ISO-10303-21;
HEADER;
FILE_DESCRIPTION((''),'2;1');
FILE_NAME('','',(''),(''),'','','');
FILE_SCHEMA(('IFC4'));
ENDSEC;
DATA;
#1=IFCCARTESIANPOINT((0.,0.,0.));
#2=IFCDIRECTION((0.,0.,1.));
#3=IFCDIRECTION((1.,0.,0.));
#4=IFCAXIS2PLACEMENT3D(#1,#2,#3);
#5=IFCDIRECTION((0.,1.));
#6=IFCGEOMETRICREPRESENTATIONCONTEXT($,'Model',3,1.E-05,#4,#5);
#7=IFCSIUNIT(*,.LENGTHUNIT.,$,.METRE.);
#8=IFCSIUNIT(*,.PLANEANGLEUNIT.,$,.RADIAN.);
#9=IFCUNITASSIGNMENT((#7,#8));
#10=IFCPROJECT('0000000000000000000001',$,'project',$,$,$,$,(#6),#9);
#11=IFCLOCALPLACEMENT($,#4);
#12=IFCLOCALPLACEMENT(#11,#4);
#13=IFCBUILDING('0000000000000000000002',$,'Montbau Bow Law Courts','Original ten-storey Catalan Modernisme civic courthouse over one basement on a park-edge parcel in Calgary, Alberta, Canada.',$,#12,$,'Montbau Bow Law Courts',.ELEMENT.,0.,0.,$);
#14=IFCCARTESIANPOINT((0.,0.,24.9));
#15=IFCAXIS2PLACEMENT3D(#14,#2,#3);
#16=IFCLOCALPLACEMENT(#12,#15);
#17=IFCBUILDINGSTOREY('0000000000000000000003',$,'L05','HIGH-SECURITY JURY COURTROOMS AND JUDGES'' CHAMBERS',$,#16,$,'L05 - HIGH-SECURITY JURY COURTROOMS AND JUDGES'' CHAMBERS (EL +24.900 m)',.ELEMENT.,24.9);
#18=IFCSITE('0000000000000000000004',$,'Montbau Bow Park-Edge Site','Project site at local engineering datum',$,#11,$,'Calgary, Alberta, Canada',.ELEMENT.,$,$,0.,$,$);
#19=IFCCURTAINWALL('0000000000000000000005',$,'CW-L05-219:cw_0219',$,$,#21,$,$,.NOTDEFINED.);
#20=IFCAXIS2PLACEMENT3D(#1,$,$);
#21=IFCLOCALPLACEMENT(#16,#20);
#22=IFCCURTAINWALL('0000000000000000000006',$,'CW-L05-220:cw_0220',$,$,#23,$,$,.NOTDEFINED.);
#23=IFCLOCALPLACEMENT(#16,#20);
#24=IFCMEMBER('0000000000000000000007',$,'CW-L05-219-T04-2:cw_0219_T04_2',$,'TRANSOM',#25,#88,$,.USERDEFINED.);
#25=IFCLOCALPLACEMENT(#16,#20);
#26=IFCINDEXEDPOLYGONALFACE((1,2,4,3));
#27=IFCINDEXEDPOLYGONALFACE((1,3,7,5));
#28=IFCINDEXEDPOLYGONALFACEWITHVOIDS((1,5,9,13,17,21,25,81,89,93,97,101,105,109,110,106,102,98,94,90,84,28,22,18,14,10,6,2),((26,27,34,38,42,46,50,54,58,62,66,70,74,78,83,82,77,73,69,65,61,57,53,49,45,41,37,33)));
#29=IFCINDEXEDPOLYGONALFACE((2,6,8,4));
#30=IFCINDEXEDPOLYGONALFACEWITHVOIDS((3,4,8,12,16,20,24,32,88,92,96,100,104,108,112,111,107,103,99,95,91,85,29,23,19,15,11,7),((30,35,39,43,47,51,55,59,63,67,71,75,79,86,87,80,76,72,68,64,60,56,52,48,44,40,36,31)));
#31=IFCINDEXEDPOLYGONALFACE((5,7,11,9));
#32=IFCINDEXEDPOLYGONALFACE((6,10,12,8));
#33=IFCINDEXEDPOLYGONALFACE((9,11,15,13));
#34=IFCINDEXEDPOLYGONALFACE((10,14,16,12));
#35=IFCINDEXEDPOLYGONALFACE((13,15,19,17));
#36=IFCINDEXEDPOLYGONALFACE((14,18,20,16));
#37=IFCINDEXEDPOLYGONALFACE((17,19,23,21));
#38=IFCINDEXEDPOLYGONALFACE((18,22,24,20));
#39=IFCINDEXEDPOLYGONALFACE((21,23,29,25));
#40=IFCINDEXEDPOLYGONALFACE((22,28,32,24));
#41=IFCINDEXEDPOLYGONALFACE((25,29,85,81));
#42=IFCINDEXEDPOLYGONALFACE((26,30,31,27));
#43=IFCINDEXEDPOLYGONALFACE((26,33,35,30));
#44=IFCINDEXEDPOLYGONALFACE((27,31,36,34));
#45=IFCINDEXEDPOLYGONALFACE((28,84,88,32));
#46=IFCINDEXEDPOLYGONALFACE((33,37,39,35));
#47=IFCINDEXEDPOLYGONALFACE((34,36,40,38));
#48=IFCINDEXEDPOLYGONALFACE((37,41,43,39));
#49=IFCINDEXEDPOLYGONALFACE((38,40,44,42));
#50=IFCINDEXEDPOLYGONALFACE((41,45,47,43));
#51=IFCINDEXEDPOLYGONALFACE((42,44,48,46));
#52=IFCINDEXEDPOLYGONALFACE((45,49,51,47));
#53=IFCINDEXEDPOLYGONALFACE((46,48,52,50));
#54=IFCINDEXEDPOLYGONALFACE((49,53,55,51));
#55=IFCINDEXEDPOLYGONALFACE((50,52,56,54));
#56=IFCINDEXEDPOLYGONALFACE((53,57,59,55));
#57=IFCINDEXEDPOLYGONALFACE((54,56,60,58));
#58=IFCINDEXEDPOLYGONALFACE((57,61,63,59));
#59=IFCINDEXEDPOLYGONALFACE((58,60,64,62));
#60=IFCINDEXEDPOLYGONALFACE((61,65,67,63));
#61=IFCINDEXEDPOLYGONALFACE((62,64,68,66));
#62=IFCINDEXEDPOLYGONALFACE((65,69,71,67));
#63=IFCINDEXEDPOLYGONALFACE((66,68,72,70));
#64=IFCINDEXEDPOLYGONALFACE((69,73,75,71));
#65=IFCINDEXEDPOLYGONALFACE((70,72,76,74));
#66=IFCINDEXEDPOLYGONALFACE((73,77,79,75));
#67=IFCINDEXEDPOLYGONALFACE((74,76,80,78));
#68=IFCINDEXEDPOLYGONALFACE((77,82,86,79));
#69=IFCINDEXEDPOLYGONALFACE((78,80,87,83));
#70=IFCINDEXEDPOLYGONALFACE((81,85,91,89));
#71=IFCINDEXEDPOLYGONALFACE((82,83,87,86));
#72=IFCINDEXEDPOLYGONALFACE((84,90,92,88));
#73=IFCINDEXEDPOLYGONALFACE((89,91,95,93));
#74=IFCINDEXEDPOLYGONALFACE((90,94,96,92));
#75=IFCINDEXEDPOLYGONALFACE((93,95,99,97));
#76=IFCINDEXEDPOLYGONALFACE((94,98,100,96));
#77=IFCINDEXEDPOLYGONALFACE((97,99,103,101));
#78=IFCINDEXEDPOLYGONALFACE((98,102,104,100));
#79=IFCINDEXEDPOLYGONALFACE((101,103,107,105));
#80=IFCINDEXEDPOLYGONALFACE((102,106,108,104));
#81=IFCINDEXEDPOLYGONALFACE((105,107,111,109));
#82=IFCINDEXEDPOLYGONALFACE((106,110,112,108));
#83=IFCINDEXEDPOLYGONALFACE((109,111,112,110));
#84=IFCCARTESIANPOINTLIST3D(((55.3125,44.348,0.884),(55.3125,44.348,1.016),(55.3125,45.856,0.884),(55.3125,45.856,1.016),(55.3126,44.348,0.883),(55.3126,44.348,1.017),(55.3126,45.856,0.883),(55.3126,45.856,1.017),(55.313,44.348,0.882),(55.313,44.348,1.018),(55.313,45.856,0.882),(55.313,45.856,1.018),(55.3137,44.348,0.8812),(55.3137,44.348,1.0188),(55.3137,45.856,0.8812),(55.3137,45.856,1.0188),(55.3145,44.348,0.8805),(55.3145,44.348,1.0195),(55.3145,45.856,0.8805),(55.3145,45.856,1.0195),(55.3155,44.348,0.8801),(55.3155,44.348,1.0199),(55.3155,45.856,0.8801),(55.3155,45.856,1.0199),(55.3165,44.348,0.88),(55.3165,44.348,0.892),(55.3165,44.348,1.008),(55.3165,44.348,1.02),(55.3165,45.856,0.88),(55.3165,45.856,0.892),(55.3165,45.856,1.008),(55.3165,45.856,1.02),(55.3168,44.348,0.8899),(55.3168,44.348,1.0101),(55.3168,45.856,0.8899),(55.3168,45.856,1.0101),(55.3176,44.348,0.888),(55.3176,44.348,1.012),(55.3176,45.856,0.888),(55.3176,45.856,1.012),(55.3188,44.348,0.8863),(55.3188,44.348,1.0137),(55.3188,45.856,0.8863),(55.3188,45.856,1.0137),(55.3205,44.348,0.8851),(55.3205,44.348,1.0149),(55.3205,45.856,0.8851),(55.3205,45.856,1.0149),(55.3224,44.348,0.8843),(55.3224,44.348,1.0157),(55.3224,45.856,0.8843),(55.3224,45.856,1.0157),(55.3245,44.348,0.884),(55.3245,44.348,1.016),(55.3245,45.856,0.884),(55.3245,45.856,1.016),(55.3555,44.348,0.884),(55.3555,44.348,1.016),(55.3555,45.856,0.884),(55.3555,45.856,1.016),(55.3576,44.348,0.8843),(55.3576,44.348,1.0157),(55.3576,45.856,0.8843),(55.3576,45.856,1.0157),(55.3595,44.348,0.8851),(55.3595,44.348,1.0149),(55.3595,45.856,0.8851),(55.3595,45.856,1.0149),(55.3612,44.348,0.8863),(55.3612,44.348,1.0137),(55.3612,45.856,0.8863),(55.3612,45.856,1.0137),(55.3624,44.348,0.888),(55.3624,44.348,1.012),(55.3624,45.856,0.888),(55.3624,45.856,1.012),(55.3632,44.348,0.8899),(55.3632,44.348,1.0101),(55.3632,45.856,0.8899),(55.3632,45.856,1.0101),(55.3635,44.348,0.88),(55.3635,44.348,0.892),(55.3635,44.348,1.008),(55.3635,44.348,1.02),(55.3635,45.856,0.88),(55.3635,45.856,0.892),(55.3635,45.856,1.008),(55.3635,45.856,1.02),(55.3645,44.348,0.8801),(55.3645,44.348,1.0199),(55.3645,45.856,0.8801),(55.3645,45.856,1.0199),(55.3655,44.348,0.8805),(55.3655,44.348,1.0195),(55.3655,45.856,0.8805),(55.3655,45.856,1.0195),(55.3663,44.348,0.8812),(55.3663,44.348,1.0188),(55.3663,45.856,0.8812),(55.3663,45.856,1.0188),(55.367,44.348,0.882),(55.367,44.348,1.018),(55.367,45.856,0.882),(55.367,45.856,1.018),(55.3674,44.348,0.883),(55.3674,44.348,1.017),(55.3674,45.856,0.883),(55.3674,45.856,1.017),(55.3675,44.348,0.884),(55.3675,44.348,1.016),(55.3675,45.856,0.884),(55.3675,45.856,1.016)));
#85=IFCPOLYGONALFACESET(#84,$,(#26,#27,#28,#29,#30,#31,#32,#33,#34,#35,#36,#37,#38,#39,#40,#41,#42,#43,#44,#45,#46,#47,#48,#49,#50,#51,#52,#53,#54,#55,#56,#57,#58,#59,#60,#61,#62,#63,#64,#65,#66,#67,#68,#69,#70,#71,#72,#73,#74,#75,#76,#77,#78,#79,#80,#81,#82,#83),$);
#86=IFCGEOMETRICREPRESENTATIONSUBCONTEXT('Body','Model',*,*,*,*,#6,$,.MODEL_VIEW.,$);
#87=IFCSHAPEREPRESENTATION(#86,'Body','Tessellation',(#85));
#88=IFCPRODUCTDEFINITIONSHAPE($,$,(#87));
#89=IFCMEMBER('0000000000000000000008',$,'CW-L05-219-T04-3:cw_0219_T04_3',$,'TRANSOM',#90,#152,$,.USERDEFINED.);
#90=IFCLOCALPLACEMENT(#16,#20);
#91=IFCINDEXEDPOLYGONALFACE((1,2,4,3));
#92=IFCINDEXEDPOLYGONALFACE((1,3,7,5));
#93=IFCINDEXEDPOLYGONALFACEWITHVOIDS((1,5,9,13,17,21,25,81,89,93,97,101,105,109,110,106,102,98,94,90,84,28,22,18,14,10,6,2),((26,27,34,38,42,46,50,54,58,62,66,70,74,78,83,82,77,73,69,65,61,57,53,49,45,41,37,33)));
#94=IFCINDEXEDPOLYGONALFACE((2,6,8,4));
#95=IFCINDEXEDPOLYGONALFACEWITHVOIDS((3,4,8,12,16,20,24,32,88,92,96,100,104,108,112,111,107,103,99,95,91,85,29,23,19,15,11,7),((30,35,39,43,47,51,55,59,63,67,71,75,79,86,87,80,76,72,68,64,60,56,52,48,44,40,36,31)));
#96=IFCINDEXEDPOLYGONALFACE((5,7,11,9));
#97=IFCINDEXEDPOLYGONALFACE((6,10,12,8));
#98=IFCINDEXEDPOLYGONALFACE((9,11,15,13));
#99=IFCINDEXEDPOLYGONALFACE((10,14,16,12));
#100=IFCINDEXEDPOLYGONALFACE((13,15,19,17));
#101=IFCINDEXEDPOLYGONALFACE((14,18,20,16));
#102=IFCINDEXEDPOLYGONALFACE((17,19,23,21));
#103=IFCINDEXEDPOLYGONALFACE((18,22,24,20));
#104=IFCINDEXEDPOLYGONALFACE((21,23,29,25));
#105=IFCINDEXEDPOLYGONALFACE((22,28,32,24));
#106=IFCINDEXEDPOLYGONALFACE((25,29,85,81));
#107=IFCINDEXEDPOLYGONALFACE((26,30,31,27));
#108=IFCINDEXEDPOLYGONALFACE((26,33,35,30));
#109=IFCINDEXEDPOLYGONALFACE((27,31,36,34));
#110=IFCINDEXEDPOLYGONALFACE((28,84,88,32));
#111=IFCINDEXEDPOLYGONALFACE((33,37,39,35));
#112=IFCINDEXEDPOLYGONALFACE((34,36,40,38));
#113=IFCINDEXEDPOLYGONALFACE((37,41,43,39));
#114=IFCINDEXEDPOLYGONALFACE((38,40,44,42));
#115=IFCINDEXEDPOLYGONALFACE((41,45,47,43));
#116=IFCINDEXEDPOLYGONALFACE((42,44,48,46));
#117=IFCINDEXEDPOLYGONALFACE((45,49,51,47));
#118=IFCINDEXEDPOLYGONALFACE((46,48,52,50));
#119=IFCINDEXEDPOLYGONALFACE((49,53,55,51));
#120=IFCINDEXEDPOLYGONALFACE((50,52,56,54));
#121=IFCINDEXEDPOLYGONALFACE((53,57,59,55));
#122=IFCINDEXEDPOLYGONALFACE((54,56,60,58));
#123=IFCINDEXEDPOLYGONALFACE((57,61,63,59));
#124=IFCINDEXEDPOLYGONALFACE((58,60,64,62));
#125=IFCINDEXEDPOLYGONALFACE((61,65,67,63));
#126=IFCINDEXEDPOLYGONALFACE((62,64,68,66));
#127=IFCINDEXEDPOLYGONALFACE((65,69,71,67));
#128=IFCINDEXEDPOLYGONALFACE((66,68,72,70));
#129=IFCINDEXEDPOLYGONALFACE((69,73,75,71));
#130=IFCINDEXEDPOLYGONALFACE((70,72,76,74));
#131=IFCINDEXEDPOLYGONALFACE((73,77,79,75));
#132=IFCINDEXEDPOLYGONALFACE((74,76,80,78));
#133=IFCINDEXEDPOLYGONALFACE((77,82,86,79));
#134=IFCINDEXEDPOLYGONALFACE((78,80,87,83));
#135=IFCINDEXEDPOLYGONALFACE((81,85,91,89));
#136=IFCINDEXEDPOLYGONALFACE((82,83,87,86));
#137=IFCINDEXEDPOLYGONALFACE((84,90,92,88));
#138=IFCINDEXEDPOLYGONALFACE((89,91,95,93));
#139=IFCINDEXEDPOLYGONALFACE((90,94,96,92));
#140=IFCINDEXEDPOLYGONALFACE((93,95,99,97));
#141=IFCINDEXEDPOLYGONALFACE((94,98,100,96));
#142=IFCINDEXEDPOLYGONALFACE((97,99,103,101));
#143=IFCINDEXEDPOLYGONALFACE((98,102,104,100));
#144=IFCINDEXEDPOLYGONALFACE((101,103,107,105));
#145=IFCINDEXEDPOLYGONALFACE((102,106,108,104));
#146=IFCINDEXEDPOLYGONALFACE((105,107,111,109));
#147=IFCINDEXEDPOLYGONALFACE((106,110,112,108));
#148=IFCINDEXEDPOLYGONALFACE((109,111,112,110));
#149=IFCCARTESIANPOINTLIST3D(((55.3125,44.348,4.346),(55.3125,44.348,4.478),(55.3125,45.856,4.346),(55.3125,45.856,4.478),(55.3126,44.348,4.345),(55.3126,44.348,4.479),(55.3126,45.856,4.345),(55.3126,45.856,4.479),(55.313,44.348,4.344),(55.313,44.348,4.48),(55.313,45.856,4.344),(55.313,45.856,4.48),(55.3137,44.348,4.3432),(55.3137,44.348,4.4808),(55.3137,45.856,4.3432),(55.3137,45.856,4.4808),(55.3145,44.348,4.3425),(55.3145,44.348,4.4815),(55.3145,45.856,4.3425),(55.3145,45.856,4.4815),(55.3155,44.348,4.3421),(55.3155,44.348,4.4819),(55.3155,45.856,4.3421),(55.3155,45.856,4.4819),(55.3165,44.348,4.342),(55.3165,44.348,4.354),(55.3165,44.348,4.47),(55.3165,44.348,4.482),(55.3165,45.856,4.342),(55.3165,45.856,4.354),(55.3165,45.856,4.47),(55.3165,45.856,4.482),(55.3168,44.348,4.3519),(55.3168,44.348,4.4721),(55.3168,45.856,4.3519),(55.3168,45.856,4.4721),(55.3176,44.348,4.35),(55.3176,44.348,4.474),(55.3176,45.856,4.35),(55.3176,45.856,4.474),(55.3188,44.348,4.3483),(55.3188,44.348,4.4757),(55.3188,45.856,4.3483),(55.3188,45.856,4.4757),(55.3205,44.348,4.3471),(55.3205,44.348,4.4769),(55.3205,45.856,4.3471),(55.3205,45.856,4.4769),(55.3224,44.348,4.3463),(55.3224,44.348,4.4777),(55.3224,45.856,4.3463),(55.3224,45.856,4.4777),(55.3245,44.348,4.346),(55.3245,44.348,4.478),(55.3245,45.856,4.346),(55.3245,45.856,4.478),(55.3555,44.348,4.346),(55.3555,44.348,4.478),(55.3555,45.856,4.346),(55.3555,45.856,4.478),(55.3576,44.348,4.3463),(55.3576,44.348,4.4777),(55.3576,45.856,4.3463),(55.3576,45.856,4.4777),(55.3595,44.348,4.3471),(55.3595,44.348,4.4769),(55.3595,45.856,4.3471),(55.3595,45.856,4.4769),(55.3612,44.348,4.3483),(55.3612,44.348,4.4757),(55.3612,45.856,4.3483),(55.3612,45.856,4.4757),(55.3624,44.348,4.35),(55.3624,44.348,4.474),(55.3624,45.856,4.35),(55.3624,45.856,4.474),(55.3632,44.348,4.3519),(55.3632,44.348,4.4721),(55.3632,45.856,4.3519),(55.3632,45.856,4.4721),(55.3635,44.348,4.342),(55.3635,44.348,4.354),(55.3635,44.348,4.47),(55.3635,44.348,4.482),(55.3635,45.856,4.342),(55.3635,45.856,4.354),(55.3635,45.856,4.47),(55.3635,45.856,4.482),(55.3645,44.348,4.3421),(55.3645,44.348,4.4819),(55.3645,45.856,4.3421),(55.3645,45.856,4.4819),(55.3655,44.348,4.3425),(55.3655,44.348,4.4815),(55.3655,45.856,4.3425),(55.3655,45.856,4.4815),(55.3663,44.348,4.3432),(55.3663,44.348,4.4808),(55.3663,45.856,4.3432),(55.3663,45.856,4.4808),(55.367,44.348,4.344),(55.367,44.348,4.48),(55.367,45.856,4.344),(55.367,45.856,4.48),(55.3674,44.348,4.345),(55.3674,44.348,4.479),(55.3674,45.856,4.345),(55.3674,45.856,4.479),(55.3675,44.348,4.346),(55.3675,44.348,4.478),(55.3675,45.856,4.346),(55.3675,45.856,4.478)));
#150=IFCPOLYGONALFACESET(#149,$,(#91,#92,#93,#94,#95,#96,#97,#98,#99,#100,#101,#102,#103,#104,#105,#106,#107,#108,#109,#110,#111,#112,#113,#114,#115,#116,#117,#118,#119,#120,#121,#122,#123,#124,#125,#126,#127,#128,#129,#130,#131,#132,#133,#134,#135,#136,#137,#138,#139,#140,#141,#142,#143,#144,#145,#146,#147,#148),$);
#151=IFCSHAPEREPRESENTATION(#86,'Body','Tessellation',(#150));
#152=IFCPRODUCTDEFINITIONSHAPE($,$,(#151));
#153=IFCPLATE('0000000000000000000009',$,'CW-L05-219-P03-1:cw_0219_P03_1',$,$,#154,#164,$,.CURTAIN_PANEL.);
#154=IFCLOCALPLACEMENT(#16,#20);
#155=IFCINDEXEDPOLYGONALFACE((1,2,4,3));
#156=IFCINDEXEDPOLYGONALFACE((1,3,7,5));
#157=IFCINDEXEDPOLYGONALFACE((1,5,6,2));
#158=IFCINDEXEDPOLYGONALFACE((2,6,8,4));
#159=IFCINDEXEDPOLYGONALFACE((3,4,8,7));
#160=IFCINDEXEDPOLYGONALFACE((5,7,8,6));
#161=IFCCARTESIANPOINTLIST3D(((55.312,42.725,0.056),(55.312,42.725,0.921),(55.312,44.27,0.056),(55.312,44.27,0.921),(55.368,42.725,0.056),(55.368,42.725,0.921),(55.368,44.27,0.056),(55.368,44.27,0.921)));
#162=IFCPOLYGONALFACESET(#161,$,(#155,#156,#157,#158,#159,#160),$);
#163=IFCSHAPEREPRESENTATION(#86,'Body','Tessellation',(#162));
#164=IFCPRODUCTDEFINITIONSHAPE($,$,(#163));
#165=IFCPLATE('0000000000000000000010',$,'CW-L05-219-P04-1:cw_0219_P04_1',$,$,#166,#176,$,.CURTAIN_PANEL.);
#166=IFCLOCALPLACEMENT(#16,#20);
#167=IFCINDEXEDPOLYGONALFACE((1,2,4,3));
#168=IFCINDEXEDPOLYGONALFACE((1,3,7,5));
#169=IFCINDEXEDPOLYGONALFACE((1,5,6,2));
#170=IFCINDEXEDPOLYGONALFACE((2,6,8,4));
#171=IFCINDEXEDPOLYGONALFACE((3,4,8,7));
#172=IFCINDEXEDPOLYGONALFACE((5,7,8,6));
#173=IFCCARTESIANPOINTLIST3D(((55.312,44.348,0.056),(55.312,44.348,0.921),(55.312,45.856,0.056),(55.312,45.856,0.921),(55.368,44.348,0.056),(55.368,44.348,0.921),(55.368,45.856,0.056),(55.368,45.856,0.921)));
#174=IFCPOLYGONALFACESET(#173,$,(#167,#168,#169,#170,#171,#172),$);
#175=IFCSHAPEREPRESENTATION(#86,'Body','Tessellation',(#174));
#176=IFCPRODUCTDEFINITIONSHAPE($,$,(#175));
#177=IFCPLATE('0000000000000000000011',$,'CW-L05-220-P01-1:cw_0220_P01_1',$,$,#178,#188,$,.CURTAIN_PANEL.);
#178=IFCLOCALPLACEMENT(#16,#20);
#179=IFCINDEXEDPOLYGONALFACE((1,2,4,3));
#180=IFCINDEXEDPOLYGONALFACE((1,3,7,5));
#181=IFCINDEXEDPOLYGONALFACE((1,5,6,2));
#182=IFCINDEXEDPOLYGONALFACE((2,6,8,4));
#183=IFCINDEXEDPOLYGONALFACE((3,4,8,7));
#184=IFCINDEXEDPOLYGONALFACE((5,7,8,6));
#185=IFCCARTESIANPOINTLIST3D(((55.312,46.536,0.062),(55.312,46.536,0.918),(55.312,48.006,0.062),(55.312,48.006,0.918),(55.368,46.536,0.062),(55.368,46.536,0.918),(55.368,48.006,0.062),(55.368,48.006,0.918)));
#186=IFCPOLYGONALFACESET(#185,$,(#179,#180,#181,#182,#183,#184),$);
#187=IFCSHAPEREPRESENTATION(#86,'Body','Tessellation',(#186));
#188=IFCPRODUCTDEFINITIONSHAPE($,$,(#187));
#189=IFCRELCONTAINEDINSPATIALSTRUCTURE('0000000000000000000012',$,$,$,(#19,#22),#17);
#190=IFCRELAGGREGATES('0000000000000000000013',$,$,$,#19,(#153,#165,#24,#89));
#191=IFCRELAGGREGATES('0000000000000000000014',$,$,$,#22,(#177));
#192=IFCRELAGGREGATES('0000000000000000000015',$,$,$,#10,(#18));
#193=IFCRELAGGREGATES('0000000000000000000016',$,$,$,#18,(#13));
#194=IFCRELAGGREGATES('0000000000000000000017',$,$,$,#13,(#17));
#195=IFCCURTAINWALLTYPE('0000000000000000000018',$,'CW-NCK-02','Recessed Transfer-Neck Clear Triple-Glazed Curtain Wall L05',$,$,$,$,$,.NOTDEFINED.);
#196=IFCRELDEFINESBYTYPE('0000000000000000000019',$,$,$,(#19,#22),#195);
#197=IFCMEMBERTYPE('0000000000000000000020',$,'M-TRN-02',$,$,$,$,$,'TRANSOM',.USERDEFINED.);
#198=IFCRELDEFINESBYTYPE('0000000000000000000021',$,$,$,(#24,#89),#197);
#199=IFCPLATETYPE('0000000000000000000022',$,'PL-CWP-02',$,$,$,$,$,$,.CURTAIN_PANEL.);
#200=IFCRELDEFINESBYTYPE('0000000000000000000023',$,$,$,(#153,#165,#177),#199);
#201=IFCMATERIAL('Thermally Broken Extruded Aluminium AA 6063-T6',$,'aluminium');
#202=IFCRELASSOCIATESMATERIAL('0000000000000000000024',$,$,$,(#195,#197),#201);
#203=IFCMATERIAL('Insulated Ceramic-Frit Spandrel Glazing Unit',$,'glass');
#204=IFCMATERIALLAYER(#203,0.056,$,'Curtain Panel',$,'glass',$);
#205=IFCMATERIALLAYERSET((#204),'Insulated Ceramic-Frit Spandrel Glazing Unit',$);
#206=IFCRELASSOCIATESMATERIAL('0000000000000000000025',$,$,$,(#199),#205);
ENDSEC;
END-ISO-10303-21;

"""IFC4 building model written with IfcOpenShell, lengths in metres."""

from ifc_helpers import new_model, si_unit, direction, frame, frame_2d, origin_with_axes, origin_2d_with_axis, place, context, subcontext, project, spatial, rectangle, hollow_rectangle, extrude, material, layer, layer_set, material_profile, profile_set, type_object, element, aggregate, save


model = new_model("IFC4")

# Units and contexts
model_context = context("Model", 3, precision=1e-05, world=origin_with_axes(), true_north=direction((0.0, 1.0)))
body_context = subcontext(model_context, "Body", "Model", "MODEL_VIEW")
ifc_project = project(units=[si_unit("LENGTHUNIT", "METRE"), si_unit("PLANEANGLEUNIT", "RADIAN")], contexts=[model_context])

# Site, building, storey
site_placement = place(None, origin_with_axes())
site = spatial("IfcSite", under=ifc_project, at=site_placement, Name="Montbau Bow Park-Edge Site", Description="Project site at local engineering datum", LongName="Calgary, Alberta, Canada", CompositionType="ELEMENT", RefElevation=0.0)
building_placement = place(site_placement, origin_with_axes())
building = spatial("IfcBuilding", under=site, at=building_placement, Name="Montbau Bow Law Courts", Description="Original ten-storey Catalan Modernisme civic courthouse over one basement on a park-edge parcel in Calgary, Alberta, Canada.", LongName="Montbau Bow Law Courts", CompositionType="ELEMENT", ElevationOfRefHeight=0.0, ElevationOfTerrain=0.0)
storey_placement = place(building_placement, frame((0.0, 0.0, 24.9), z_axis=(0.0, 0.0, 1.0), x_axis=(1.0, 0.0, 0.0)))
storey = spatial("IfcBuildingStorey", under=building, at=storey_placement, Name="L05", Description="HIGH-SECURITY JURY COURTROOMS AND JUDGES' CHAMBERS", LongName="L05 - HIGH-SECURITY JURY COURTROOMS AND JUDGES' CHAMBERS (EL +24.900 m)", CompositionType="ELEMENT", Elevation=24.9)

# Curtain walls
ifc_material_1 = material(Name="Thermally Broken Extruded Aluminium AA 6063-T6", Category="aluminium")
curtain_wall_type = type_object("IfcCurtainWallType", Name="CW-NCK-02", Description="Recessed Transfer-Neck Clear Triple-Glazed Curtain Wall L05", PredefinedType="NOTDEFINED", material=ifc_material_1)
curtain_wall_1_placement = place(None, frame((55.34, 39.44, 24.9), z_axis=(0.0, 0.0, 1.0), x_axis=(1.0, 0.0, 0.0)))
curtain_wall_1 = element("IfcCurtainWall", 1, at=curtain_wall_1_placement, inside=storey, type_object=curtain_wall_type, Name="CW-L05-219:cw_0219", PredefinedType="NOTDEFINED")
curtain_wall_2_placement = place(None, frame((55.34, 46.468, 24.9), z_axis=(0.0, 0.0, 1.0), x_axis=(1.0, 0.0, 0.0)))
curtain_wall_2 = element("IfcCurtainWall", 2, at=curtain_wall_2_placement, inside=storey, type_object=curtain_wall_type, Name="CW-L05-220:cw_0220", PredefinedType="NOTDEFINED")

# Members
ifc_material_profile_1 = material_profile(ifc_material_1, hollow_rectangle(XDim=0.055, YDim=0.14, WallThickness=0.004, InnerFilletRadius=0.008, OuterFilletRadius=0.004, at=origin_2d_with_axis()), Name="CWT-140X55", Category="Main", Priority=0)
ifc_profile_set_1 = profile_set([ifc_material_profile_1], Name="Thermally Broken Extruded Aluminium AA 6063-T6")
member_type_1 = type_object("IfcMemberType", Name="M-TRN-02", ElementType="TRANSOM", PredefinedType="USERDEFINED", material=ifc_profile_set_1)
member_1_placement = place(None, frame((55.34, 44.348, 25.85), z_axis=(0.0, 1.0, 0.0), x_axis=(-1.0, 0.0, 0.0)))
member_1 = element("IfcMember", 3, at=member_1_placement, type_object=member_type_1, Name="CW-L05-219-T04-2:cw_0219_T04_2", ObjectType="TRANSOM", PredefinedType="USERDEFINED", context=body_context, shape_type="SweptSolid", body=[
    extrude(hollow_rectangle(XDim=0.055, YDim=0.14, WallThickness=0.004, InnerFilletRadius=0.008, OuterFilletRadius=0.004, at=origin_2d_with_axis()), origin_with_axes(), (0.0, 0.0, 1.0), 1.508),
])
member_2_placement = place(None, frame((55.34, 44.348, 29.312), z_axis=(0.0, 1.0, 0.0), x_axis=(-1.0, 0.0, 0.0)))
member_2 = element("IfcMember", 4, at=member_2_placement, type_object=member_type_1, Name="CW-L05-219-T04-3:cw_0219_T04_3", ObjectType="TRANSOM", PredefinedType="USERDEFINED", context=body_context, shape_type="SweptSolid", body=[
    extrude(hollow_rectangle(XDim=0.055, YDim=0.14, WallThickness=0.004, InnerFilletRadius=0.008, OuterFilletRadius=0.004, at=origin_2d_with_axis()), origin_with_axes(), (0.0, 0.0, 1.0), 1.508),
])

# Plates
ifc_material_2 = material(Name="Insulated Ceramic-Frit Spandrel Glazing Unit", Category="glass")
ifc_layer_1 = layer(ifc_material_2, 0.056, Name="Curtain Panel", Category="glass")
ifc_layer_set_1 = layer_set([ifc_layer_1], Name="Insulated Ceramic-Frit Spandrel Glazing Unit")
plate_type_1 = type_object("IfcPlateType", Name="PL-CWP-02", PredefinedType="CURTAIN_PANEL", material=ifc_layer_set_1)
plate_1_placement = place(None, frame((55.34, 42.725, 24.956), z_axis=(1.0, 0.0, 0.0), x_axis=(0.0, 1.0, 0.0)))
plate_1 = element("IfcPlate", 5, at=plate_1_placement, type_object=plate_type_1, Name="CW-L05-219-P03-1:cw_0219_P03_1", PredefinedType="CURTAIN_PANEL", context=body_context, shape_type="SweptSolid", body=[
    extrude(rectangle(XDim=1.545, YDim=0.865, at=frame_2d((0.7725, 0.4325), x_axis=(1.0, 0.0))), frame((0.0, 0.0, -0.028), z_axis=(0.0, 0.0, 1.0), x_axis=(1.0, 0.0, 0.0)), (0.0, 0.0, 1.0), 0.056),
])
plate_2_placement = place(None, frame((55.34, 44.348, 24.956), z_axis=(1.0, 0.0, 0.0), x_axis=(0.0, 1.0, 0.0)))
plate_2 = element("IfcPlate", 6, at=plate_2_placement, type_object=plate_type_1, Name="CW-L05-219-P04-1:cw_0219_P04_1", PredefinedType="CURTAIN_PANEL", context=body_context, shape_type="SweptSolid", body=[
    extrude(rectangle(XDim=1.508, YDim=0.865, at=frame_2d((0.754, 0.4325), x_axis=(1.0, 0.0))), frame((0.0, 0.0, -0.028), z_axis=(0.0, 0.0, 1.0), x_axis=(1.0, 0.0, 0.0)), (0.0, 0.0, 1.0), 0.056),
])
plate_3_placement = place(None, frame((55.34, 46.536, 24.962), z_axis=(1.0, 0.0, 0.0), x_axis=(0.0, 1.0, 0.0)))
plate_3 = element("IfcPlate", 7, at=plate_3_placement, type_object=plate_type_1, Name="CW-L05-220-P01-1:cw_0220_P01_1", PredefinedType="CURTAIN_PANEL", context=body_context, shape_type="SweptSolid", body=[
    extrude(rectangle(XDim=1.47, YDim=0.856, at=frame_2d((0.735, 0.428), x_axis=(1.0, 0.0))), frame((0.0, 0.0, -0.028), z_axis=(0.0, 0.0, 1.0), x_axis=(1.0, 0.0, 0.0)), (0.0, 0.0, 1.0), 0.056),
])
aggregate(curtain_wall_1, [plate_1, plate_2, member_1, member_2])
aggregate(curtain_wall_2, [plate_3])

save(model, "model.ifc")
